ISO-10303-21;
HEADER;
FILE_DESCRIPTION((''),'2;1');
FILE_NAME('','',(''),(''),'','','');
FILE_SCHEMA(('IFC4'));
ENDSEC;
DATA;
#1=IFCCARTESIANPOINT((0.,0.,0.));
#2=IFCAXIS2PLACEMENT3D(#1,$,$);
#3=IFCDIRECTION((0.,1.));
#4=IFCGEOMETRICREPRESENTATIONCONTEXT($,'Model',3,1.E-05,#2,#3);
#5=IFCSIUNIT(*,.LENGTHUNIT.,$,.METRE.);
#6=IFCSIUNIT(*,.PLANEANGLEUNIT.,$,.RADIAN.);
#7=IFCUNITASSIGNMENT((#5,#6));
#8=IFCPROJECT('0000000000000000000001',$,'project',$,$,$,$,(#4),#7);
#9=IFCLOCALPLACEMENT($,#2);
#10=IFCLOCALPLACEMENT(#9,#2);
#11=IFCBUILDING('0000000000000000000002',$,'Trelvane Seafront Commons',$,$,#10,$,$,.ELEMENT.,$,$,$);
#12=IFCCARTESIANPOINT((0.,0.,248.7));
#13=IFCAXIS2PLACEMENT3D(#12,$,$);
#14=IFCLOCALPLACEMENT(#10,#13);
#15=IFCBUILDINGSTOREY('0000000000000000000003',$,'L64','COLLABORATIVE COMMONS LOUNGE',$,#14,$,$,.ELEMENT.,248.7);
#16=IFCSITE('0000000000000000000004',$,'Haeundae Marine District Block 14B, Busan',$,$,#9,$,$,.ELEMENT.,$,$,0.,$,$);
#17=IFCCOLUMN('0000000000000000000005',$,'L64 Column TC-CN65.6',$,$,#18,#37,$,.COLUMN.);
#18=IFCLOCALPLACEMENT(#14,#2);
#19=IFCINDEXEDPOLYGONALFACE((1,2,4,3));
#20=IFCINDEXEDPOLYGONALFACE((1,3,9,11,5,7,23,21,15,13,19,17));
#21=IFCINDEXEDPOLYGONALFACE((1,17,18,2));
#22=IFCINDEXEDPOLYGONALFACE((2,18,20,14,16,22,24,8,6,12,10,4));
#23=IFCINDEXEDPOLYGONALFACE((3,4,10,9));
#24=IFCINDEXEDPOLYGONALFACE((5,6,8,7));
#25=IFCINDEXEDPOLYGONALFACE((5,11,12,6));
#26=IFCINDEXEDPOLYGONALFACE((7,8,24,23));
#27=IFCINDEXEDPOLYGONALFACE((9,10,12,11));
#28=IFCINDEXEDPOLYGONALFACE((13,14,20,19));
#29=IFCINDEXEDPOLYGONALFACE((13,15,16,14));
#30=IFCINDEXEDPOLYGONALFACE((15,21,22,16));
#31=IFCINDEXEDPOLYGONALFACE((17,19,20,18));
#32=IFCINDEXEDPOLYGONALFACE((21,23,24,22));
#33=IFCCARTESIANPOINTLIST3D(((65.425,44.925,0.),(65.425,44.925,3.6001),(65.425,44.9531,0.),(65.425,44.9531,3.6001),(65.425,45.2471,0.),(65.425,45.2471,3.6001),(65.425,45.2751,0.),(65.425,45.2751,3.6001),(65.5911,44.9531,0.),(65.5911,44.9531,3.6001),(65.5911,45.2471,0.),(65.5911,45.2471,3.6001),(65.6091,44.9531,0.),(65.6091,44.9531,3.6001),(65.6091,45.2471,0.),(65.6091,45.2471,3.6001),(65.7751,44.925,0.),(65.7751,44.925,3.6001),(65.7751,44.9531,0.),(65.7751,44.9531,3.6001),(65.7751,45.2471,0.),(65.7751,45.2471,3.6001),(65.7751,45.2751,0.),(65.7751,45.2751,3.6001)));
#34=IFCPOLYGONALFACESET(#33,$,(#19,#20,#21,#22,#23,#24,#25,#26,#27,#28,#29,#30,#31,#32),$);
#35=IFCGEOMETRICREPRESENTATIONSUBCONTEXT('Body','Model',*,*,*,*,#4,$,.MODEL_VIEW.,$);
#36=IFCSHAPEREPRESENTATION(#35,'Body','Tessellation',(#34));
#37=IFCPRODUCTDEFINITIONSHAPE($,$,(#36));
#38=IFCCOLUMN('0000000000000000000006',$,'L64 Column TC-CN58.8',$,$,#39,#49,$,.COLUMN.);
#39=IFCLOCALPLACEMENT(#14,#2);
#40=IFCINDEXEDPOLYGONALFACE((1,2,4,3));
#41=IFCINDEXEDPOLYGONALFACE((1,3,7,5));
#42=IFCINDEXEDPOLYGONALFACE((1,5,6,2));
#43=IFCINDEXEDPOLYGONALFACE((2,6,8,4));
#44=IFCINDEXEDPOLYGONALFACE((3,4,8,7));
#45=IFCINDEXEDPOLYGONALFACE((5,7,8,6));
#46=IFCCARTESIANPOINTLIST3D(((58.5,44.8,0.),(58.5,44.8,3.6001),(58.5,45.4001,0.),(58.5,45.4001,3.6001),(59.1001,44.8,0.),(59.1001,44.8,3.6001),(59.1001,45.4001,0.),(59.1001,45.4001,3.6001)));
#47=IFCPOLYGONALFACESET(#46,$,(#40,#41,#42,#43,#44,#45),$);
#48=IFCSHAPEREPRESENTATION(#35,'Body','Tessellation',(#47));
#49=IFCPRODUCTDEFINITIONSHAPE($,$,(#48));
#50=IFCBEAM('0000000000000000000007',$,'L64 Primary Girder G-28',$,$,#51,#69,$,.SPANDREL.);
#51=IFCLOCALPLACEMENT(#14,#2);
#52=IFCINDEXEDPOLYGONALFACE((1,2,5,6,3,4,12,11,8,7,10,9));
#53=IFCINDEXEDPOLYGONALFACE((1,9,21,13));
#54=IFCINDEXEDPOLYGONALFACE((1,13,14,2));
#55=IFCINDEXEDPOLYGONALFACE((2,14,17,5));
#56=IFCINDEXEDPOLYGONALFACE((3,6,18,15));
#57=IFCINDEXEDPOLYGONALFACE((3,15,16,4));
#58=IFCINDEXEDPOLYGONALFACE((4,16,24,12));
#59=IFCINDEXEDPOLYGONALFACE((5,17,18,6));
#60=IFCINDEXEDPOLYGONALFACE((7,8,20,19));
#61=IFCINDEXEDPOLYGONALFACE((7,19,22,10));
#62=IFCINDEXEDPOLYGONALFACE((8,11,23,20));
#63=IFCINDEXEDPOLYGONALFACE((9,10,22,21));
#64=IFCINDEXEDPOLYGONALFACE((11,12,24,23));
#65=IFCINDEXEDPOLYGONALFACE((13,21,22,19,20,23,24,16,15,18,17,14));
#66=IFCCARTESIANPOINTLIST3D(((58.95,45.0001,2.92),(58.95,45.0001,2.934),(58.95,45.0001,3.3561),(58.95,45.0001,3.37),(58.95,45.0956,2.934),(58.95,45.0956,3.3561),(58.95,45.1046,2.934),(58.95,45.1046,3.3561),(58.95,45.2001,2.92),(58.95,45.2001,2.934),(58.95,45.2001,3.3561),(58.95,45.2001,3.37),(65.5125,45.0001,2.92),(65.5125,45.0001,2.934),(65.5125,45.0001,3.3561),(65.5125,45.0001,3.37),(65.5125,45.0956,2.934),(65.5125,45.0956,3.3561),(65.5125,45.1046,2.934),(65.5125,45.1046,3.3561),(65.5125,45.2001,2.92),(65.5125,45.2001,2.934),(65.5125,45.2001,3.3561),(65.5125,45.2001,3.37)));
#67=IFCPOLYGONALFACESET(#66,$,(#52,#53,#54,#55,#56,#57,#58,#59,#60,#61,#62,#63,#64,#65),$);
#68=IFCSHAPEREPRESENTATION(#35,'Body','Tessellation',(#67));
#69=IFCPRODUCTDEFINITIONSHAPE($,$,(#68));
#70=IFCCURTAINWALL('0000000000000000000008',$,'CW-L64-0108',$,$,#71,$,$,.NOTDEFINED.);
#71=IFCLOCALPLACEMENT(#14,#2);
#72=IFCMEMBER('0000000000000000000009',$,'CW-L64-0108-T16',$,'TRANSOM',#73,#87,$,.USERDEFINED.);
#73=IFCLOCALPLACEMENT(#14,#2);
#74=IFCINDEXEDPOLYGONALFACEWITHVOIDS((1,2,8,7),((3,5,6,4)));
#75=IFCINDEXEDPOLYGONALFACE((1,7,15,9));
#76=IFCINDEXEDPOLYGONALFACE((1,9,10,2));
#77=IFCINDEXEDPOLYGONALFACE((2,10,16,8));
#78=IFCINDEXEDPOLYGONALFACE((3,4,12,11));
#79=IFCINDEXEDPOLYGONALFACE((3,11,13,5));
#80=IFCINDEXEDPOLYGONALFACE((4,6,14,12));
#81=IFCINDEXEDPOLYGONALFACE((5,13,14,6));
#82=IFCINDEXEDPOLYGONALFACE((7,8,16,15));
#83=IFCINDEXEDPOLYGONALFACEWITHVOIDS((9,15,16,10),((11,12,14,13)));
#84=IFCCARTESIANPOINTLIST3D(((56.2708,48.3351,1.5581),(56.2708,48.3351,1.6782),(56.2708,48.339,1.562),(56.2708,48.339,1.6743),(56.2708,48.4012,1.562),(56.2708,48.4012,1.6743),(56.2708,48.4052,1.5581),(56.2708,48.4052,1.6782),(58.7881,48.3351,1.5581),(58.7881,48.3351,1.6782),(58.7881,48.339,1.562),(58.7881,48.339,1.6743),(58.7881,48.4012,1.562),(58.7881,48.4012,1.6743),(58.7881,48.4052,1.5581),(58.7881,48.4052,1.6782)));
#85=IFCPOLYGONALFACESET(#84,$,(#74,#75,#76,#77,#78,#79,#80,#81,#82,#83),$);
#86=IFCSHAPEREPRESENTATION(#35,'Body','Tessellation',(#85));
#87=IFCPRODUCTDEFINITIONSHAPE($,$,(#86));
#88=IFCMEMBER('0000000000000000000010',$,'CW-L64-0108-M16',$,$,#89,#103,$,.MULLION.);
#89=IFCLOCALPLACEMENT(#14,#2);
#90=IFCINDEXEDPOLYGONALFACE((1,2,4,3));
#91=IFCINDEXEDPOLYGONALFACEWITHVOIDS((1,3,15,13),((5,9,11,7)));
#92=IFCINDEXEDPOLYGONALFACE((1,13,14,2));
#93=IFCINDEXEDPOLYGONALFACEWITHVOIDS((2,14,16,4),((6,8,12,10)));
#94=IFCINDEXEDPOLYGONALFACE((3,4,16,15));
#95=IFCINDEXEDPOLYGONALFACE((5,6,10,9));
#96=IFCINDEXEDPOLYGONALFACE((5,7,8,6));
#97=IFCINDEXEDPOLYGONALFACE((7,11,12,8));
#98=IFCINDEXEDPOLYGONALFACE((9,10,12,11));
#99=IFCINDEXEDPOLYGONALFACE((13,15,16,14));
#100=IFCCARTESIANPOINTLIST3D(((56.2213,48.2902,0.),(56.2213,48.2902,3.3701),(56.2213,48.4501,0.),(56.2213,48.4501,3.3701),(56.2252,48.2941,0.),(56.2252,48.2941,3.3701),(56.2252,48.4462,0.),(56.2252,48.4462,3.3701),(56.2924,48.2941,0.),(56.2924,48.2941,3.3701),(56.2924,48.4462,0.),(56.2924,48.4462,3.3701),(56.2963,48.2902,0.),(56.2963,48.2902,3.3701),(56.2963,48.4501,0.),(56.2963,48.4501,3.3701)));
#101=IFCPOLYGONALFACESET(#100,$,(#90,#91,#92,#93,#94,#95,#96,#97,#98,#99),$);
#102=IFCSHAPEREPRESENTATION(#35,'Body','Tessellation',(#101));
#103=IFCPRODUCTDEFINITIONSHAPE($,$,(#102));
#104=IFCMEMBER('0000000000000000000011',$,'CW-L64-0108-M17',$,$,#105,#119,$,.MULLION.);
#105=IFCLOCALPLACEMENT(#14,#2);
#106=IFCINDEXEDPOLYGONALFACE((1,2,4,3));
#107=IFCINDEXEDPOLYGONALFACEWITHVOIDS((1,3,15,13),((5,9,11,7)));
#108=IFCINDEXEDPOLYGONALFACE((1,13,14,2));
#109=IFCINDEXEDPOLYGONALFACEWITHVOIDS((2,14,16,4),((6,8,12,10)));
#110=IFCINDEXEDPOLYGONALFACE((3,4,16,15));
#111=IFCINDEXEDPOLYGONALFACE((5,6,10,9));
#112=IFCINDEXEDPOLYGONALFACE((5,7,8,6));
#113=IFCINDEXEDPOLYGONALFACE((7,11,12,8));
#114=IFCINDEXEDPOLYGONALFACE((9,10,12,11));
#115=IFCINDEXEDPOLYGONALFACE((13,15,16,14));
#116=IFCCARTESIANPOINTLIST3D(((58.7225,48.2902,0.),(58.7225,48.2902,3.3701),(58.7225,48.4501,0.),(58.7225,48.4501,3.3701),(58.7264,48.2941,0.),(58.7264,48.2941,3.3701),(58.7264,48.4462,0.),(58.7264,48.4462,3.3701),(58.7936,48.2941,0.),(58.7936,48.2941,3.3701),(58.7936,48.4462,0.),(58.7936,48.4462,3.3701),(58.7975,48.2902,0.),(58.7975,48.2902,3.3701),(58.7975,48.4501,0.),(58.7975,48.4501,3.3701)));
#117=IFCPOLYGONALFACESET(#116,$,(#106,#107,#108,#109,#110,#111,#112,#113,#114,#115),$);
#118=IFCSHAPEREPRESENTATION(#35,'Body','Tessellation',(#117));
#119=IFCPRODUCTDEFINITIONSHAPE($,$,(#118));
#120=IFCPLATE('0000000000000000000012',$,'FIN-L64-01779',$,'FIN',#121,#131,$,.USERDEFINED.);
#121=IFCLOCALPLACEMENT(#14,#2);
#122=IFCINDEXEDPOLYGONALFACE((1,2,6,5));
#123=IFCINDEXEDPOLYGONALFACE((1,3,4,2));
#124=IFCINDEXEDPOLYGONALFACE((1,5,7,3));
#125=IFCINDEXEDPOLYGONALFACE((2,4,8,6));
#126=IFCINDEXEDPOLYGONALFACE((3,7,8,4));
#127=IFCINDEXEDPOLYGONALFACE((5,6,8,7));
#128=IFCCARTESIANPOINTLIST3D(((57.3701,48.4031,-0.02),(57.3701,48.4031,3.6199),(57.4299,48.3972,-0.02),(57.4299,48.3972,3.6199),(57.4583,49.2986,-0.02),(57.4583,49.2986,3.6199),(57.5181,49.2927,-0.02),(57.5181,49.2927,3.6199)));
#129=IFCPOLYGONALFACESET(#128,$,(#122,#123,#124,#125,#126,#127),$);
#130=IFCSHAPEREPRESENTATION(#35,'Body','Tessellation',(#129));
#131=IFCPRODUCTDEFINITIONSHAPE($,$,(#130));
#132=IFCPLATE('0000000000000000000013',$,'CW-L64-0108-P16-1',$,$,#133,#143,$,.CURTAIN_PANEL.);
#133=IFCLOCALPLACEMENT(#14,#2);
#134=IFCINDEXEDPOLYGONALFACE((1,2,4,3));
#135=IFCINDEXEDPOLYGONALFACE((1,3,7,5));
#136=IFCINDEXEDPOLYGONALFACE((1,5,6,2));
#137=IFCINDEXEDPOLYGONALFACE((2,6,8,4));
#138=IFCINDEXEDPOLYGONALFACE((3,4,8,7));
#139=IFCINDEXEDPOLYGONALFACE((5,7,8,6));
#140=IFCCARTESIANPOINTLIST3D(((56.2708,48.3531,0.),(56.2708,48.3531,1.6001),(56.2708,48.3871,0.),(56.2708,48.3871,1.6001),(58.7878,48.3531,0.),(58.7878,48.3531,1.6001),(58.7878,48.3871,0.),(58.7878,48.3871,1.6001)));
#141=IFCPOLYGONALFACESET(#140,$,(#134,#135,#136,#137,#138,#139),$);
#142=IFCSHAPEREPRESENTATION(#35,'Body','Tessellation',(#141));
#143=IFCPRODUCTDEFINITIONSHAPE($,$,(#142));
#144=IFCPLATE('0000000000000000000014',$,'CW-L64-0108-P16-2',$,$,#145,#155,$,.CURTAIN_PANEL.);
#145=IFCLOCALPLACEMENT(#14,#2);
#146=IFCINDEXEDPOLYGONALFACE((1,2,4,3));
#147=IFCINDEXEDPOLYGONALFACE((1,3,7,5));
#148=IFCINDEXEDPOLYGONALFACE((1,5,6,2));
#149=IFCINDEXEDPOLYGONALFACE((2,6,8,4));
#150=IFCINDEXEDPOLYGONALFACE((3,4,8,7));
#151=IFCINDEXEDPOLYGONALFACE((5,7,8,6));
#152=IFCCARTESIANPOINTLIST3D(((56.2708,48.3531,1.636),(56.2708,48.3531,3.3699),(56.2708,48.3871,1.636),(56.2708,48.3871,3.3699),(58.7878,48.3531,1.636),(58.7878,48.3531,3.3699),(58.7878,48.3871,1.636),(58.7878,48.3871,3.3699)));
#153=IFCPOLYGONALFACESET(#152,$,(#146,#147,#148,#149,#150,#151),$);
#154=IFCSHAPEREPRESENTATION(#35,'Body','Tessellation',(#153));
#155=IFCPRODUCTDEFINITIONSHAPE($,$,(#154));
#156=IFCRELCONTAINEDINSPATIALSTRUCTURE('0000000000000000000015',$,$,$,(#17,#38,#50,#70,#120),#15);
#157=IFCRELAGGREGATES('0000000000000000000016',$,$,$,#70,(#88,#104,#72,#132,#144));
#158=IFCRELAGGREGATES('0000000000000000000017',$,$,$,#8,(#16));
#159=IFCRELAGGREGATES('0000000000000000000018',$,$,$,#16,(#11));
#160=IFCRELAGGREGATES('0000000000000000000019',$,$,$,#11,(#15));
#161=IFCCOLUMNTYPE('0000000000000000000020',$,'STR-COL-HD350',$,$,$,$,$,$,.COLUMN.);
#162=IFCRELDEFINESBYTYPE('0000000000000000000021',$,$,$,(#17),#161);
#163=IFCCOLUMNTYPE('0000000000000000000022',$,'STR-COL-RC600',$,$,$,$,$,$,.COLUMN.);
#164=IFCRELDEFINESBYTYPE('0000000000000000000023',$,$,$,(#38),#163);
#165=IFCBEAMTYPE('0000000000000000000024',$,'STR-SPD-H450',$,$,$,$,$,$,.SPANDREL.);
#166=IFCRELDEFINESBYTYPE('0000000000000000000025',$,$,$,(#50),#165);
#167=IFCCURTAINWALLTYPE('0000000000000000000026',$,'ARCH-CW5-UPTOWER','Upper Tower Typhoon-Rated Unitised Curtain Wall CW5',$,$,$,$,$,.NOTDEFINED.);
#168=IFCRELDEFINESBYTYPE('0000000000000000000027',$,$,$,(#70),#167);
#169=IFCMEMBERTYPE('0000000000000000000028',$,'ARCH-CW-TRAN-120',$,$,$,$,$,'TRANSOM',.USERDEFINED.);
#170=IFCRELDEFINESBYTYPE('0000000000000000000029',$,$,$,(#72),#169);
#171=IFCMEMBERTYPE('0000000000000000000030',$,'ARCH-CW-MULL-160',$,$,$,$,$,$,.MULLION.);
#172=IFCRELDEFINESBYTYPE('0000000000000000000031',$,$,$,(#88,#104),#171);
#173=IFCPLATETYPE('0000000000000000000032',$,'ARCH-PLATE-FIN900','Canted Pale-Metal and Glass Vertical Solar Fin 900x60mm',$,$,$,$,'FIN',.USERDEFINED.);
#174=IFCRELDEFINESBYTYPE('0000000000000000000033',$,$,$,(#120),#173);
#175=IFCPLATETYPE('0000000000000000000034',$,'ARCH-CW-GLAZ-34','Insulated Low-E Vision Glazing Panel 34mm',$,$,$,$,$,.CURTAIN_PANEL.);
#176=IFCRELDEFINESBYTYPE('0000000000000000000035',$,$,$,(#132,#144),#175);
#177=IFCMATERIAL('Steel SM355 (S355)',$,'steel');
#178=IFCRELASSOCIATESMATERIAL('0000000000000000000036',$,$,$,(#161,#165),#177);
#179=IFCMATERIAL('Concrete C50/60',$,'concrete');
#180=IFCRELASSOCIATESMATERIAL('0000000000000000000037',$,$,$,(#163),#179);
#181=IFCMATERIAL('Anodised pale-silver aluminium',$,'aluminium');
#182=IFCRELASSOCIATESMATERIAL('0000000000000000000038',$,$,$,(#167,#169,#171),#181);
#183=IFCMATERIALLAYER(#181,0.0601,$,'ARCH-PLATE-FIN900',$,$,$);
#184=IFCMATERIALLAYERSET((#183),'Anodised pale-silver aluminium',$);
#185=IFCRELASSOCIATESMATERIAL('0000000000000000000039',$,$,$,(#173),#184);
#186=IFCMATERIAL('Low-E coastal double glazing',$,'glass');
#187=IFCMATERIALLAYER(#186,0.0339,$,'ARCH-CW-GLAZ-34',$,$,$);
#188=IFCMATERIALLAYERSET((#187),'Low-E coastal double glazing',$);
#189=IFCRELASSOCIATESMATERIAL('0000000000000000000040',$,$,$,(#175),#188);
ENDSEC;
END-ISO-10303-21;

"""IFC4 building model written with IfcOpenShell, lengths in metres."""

from ifc_helpers import new_model, si_unit, direction, frame, origin, origin_2d, place, context, subcontext, project, spatial, rectangle, hollow_rectangle, i_section, extrude, source, transform, mapped, material, layer, layer_set, material_profile, profile_set, type_object, element, aggregate, save


model = new_model("IFC4")

# Units and contexts
model_context = context("Model", 3, precision=1e-05, world=origin(), true_north=direction((0.0, 1.0)))
body_context = subcontext(model_context, "Body", "Model", "MODEL_VIEW")
ifc_project = project(units=[si_unit("LENGTHUNIT", "METRE"), si_unit("PLANEANGLEUNIT", "RADIAN")], contexts=[model_context])

# Site, building, storey
site_placement = place(None, origin())
site = spatial("IfcSite", under=ifc_project, at=site_placement, Name="Haeundae Marine District Block 14B, Busan", CompositionType="ELEMENT", RefElevation=0.0)
building_placement = place(site_placement, origin())
building = spatial("IfcBuilding", under=site, at=building_placement, Name="Trelvane Seafront Commons", CompositionType="ELEMENT")
storey_placement = place(building_placement, frame((0.0, 0.0, 248.7)))
storey = spatial("IfcBuildingStorey", under=building, at=storey_placement, Name="L64", Description="COLLABORATIVE COMMONS LOUNGE", CompositionType="ELEMENT", Elevation=248.7)

# Columns
ifc_material_1 = material(Name="Steel SM355 (S355)", Category="steel")
ifc_material_profile_1 = material_profile(ifc_material_1, i_section(OverallWidth=0.3501, OverallDepth=0.3501, WebThickness=0.0181, FlangeThickness=0.0281, at=origin_2d()), Name="HD-350x350x18x28")
ifc_profile_set_1 = profile_set([ifc_material_profile_1], Name="Steel SM355 (S355)")
column_type_1 = type_object("IfcColumnType", Name="STR-COL-HD350", PredefinedType="COLUMN", material=ifc_profile_set_1)
shared_shape_1 = source(origin(), body_context, "Body", "SweptSolid", [
    extrude(i_section(OverallWidth=0.3501, OverallDepth=0.3501, WebThickness=0.0181, FlangeThickness=0.0281, at=origin_2d()), origin(), (0.0, 0.0, 1.0), 3.6001),
])
column_1_placement = place(storey_placement, frame((65.6001, 45.1001, 0.0), z_axis=(0.0, 0.0, 1.0), x_axis=(1.0, 0.0, 0.0)))
element("IfcColumn", 1, at=column_1_placement, inside=storey, type_object=column_type_1, Name="L64 Column TC-CN65.6", PredefinedType="COLUMN", context=body_context, shape_type="MappedRepresentation", body=[
    mapped(shared_shape_1, transform((0.0, 0.0, 0.0), x_axis=(1.0, 0.0, 0.0), y_axis=(0.0, 1.0, 0.0), z_axis=(0.0, 0.0, 1.0), scale=1.0)),
])
ifc_material_2 = material(Name="Concrete C50/60", Category="concrete")
ifc_material_profile_2 = material_profile(ifc_material_2, rectangle(XDim=0.6001, YDim=0.6001, at=origin_2d()), Name="RC-600x600")
ifc_profile_set_2 = profile_set([ifc_material_profile_2], Name="Concrete C50/60")
column_type_2 = type_object("IfcColumnType", Name="STR-COL-RC600", PredefinedType="COLUMN", material=ifc_profile_set_2)
shared_shape_2 = source(origin(), body_context, "Body", "SweptSolid", [
    extrude(rectangle(XDim=0.6001, YDim=0.6001, at=origin_2d()), origin(), (0.0, 0.0, 1.0), 3.6001),
])
column_2_placement = place(storey_placement, frame((58.8, 45.1001, 0.0), z_axis=(0.0, 0.0, 1.0), x_axis=(1.0, 0.0, 0.0)))
element("IfcColumn", 2, at=column_2_placement, inside=storey, type_object=column_type_2, Name="L64 Column TC-CN58.8", PredefinedType="COLUMN", context=body_context, shape_type="MappedRepresentation", body=[
    mapped(shared_shape_2, transform((0.0, 0.0, 0.0), x_axis=(1.0, 0.0, 0.0), y_axis=(0.0, 1.0, 0.0), z_axis=(0.0, 0.0, 1.0), scale=1.0)),
])

# Beam
ifc_material_profile_3 = material_profile(ifc_material_1, i_section(OverallWidth=0.2, OverallDepth=0.45, WebThickness=0.009, FlangeThickness=0.0139, at=origin_2d()), Name="H-450x200x9x14")
ifc_profile_set_3 = profile_set([ifc_material_profile_3], Name="Steel SM355 (S355)")
beam_type = type_object("IfcBeamType", Name="STR-SPD-H450", PredefinedType="SPANDREL", material=ifc_profile_set_3)
shared_shape_3 = source(origin(), body_context, "Body", "SweptSolid", [
    extrude(i_section(OverallWidth=0.2, OverallDepth=0.45, WebThickness=0.009, FlangeThickness=0.0139, at=origin_2d()), origin(), (0.0, 0.0, 1.0), 6.5625),
])
beam_placement = place(storey_placement, frame((58.95, 45.1001, 3.145), z_axis=(1.0, 0.0, 0.0), x_axis=(0.0, 1.0, 0.0)))
element("IfcBeam", 3, at=beam_placement, inside=storey, type_object=beam_type, Name="L64 Primary Girder G-28", PredefinedType="SPANDREL", context=body_context, shape_type="MappedRepresentation", body=[
    mapped(shared_shape_3, transform((0.0, 0.0, 0.0), x_axis=(1.0, 0.0, 0.0), y_axis=(0.0, 1.0, 0.0), z_axis=(0.0, 0.0, 1.0), scale=1.0)),
])

# Curtain wall, members
ifc_material_3 = material(Name="Anodised pale-silver aluminium", Category="aluminium")
curtain_wall_type = type_object("IfcCurtainWallType", Name="ARCH-CW5-UPTOWER", Description="Upper Tower Typhoon-Rated Unitised Curtain Wall CW5", PredefinedType="NOTDEFINED", material=ifc_material_3)
curtain_wall_placement = place(storey_placement, origin())
curtain_wall = element("IfcCurtainWall", 4, at=curtain_wall_placement, inside=storey, type_object=curtain_wall_type, Name="CW-L64-0108", PredefinedType="NOTDEFINED")
ifc_material_profile_4 = material_profile(ifc_material_3, hollow_rectangle(XDim=0.0701, YDim=0.1201, WallThickness=0.0039, at=origin_2d()), Name="TRAN-70x120x4")
ifc_profile_set_4 = profile_set([ifc_material_profile_4], Name="Anodised pale-silver aluminium")
member_type_1 = type_object("IfcMemberType", Name="ARCH-CW-TRAN-120", ElementType="TRANSOM", PredefinedType="USERDEFINED", material=ifc_profile_set_4)
shared_shape_4 = source(origin(), body_context, "Body", "SweptSolid", [
    extrude(hollow_rectangle(XDim=0.0701, YDim=0.1201, WallThickness=0.0039, at=origin_2d()), origin(), (0.0, 0.0, 1.0), 2.5173),
])
member_1_placement = place(storey_placement, frame((56.2708, 48.3701, 1.6182), z_axis=(1.0, 0.0, 0.0), x_axis=(0.0, 1.0, 0.0)))
member_1 = element("IfcMember", 5, at=member_1_placement, type_object=member_type_1, Name="CW-L64-0108-T16", ObjectType="TRANSOM", PredefinedType="USERDEFINED", context=body_context, shape_type="MappedRepresentation", body=[
    mapped(shared_shape_4, transform((0.0, 0.0, 0.0), x_axis=(1.0, 0.0, 0.0), y_axis=(0.0, 1.0, 0.0), z_axis=(0.0, 0.0, 1.0), scale=1.0)),
])
ifc_material_profile_5 = material_profile(ifc_material_3, hollow_rectangle(XDim=0.075, YDim=0.1599, WallThickness=0.0039, at=origin_2d()), Name="MULL-75x160x4")
ifc_profile_set_5 = profile_set([ifc_material_profile_5], Name="Anodised pale-silver aluminium")
member_type_2 = type_object("IfcMemberType", Name="ARCH-CW-MULL-160", PredefinedType="MULLION", material=ifc_profile_set_5)
shared_shape_5 = source(origin(), body_context, "Body", "SweptSolid", [
    extrude(hollow_rectangle(XDim=0.075, YDim=0.1599, WallThickness=0.0039, at=origin_2d()), origin(), (0.0, 0.0, 1.0), 3.3701),
])
member_2_placement = place(storey_placement, frame((56.2588, 48.3701, 0.0), z_axis=(0.0, 0.0, 1.0), x_axis=(1.0, 0.0, 0.0)))
member_2 = element("IfcMember", 6, at=member_2_placement, type_object=member_type_2, Name="CW-L64-0108-M16", PredefinedType="MULLION", context=body_context, shape_type="MappedRepresentation", body=[
    mapped(shared_shape_5, transform((0.0, 0.0, 0.0), x_axis=(1.0, 0.0, 0.0), y_axis=(0.0, 1.0, 0.0), z_axis=(0.0, 0.0, 1.0), scale=1.0)),
])
member_3_placement = place(storey_placement, frame((58.76, 48.3701, 0.0), z_axis=(0.0, 0.0, 1.0), x_axis=(1.0, 0.0, 0.0)))
member_3 = element("IfcMember", 7, at=member_3_placement, type_object=member_type_2, Name="CW-L64-0108-M17", PredefinedType="MULLION", context=body_context, shape_type="MappedRepresentation", body=[
    mapped(shared_shape_5, transform((0.0, 0.0, 0.0), x_axis=(1.0, 0.0, 0.0), y_axis=(0.0, 1.0, 0.0), z_axis=(0.0, 0.0, 1.0), scale=1.0)),
])

# Plates
ifc_layer_1 = layer(ifc_material_3, 0.0601, Name="ARCH-PLATE-FIN900")
ifc_layer_set_1 = layer_set([ifc_layer_1], Name="Anodised pale-silver aluminium")
plate_type_1 = type_object("IfcPlateType", Name="ARCH-PLATE-FIN900", Description="Canted Pale-Metal and Glass Vertical Solar Fin 900x60mm", ElementType="FIN", PredefinedType="USERDEFINED", material=ifc_layer_set_1)
shared_shape_6 = source(origin(), body_context, "Body", "SweptSolid", [
    extrude(rectangle(XDim=0.8999, YDim=0.0601, at=origin_2d()), origin(), (0.0, 0.0, 1.0), 3.6399),
])
plate_1_placement = place(storey_placement, frame((57.4441, 48.8479, -0.02), z_axis=(0.0, 0.0, 1.0), x_axis=(0.097996, 0.995187, 0.0)))
element("IfcPlate", 8, at=plate_1_placement, inside=storey, type_object=plate_type_1, Name="FIN-L64-01779", ObjectType="FIN", PredefinedType="USERDEFINED", context=body_context, shape_type="MappedRepresentation", body=[
    mapped(shared_shape_6, transform((0.0, 0.0, 0.0), x_axis=(1.0, 0.0, 0.0), y_axis=(0.0, 1.0, 0.0), z_axis=(0.0, 0.0, 1.0), scale=1.0)),
])
ifc_material_4 = material(Name="Low-E coastal double glazing", Category="glass")
ifc_layer_2 = layer(ifc_material_4, 0.0339, Name="ARCH-CW-GLAZ-34")
ifc_layer_set_2 = layer_set([ifc_layer_2], Name="Low-E coastal double glazing")
plate_type_2 = type_object("IfcPlateType", Name="ARCH-CW-GLAZ-34", Description="Insulated Low-E Vision Glazing Panel 34mm", PredefinedType="CURTAIN_PANEL", material=ifc_layer_set_2)
shared_shape_7 = source(origin(), body_context, "Body", "SweptSolid", [
    extrude(rectangle(XDim=2.5171, YDim=0.0339, at=origin_2d()), origin(), (0.0, 0.0, 1.0), 1.6001),
])
plate_2_placement = place(storey_placement, frame((57.5293, 48.3701, 0.0), z_axis=(0.0, 0.0, 1.0), x_axis=(1.0, 0.0, 0.0)))
plate_2 = element("IfcPlate", 9, at=plate_2_placement, type_object=plate_type_2, Name="CW-L64-0108-P16-1", PredefinedType="CURTAIN_PANEL", context=body_context, shape_type="MappedRepresentation", body=[
    mapped(shared_shape_7, transform((0.0, 0.0, 0.0), x_axis=(1.0, 0.0, 0.0), y_axis=(0.0, 1.0, 0.0), z_axis=(0.0, 0.0, 1.0), scale=1.0)),
])
shared_shape_8 = source(origin(), body_context, "Body", "SweptSolid", [
    extrude(rectangle(XDim=2.5171, YDim=0.0339, at=origin_2d()), origin(), (0.0, 0.0, 1.0), 1.7339),
])
plate_3_placement = place(storey_placement, frame((57.5293, 48.3701, 1.636), z_axis=(0.0, 0.0, 1.0), x_axis=(1.0, 0.0, 0.0)))
plate_3 = element("IfcPlate", 10, at=plate_3_placement, type_object=plate_type_2, Name="CW-L64-0108-P16-2", PredefinedType="CURTAIN_PANEL", context=body_context, shape_type="MappedRepresentation", body=[
    mapped(shared_shape_8, transform((0.0, 0.0, 0.0), x_axis=(1.0, 0.0, 0.0), y_axis=(0.0, 1.0, 0.0), z_axis=(0.0, 0.0, 1.0), scale=1.0)),
])
aggregate(curtain_wall, [member_2, member_3, member_1, plate_2, plate_3])

save(model, "model.ifc")
